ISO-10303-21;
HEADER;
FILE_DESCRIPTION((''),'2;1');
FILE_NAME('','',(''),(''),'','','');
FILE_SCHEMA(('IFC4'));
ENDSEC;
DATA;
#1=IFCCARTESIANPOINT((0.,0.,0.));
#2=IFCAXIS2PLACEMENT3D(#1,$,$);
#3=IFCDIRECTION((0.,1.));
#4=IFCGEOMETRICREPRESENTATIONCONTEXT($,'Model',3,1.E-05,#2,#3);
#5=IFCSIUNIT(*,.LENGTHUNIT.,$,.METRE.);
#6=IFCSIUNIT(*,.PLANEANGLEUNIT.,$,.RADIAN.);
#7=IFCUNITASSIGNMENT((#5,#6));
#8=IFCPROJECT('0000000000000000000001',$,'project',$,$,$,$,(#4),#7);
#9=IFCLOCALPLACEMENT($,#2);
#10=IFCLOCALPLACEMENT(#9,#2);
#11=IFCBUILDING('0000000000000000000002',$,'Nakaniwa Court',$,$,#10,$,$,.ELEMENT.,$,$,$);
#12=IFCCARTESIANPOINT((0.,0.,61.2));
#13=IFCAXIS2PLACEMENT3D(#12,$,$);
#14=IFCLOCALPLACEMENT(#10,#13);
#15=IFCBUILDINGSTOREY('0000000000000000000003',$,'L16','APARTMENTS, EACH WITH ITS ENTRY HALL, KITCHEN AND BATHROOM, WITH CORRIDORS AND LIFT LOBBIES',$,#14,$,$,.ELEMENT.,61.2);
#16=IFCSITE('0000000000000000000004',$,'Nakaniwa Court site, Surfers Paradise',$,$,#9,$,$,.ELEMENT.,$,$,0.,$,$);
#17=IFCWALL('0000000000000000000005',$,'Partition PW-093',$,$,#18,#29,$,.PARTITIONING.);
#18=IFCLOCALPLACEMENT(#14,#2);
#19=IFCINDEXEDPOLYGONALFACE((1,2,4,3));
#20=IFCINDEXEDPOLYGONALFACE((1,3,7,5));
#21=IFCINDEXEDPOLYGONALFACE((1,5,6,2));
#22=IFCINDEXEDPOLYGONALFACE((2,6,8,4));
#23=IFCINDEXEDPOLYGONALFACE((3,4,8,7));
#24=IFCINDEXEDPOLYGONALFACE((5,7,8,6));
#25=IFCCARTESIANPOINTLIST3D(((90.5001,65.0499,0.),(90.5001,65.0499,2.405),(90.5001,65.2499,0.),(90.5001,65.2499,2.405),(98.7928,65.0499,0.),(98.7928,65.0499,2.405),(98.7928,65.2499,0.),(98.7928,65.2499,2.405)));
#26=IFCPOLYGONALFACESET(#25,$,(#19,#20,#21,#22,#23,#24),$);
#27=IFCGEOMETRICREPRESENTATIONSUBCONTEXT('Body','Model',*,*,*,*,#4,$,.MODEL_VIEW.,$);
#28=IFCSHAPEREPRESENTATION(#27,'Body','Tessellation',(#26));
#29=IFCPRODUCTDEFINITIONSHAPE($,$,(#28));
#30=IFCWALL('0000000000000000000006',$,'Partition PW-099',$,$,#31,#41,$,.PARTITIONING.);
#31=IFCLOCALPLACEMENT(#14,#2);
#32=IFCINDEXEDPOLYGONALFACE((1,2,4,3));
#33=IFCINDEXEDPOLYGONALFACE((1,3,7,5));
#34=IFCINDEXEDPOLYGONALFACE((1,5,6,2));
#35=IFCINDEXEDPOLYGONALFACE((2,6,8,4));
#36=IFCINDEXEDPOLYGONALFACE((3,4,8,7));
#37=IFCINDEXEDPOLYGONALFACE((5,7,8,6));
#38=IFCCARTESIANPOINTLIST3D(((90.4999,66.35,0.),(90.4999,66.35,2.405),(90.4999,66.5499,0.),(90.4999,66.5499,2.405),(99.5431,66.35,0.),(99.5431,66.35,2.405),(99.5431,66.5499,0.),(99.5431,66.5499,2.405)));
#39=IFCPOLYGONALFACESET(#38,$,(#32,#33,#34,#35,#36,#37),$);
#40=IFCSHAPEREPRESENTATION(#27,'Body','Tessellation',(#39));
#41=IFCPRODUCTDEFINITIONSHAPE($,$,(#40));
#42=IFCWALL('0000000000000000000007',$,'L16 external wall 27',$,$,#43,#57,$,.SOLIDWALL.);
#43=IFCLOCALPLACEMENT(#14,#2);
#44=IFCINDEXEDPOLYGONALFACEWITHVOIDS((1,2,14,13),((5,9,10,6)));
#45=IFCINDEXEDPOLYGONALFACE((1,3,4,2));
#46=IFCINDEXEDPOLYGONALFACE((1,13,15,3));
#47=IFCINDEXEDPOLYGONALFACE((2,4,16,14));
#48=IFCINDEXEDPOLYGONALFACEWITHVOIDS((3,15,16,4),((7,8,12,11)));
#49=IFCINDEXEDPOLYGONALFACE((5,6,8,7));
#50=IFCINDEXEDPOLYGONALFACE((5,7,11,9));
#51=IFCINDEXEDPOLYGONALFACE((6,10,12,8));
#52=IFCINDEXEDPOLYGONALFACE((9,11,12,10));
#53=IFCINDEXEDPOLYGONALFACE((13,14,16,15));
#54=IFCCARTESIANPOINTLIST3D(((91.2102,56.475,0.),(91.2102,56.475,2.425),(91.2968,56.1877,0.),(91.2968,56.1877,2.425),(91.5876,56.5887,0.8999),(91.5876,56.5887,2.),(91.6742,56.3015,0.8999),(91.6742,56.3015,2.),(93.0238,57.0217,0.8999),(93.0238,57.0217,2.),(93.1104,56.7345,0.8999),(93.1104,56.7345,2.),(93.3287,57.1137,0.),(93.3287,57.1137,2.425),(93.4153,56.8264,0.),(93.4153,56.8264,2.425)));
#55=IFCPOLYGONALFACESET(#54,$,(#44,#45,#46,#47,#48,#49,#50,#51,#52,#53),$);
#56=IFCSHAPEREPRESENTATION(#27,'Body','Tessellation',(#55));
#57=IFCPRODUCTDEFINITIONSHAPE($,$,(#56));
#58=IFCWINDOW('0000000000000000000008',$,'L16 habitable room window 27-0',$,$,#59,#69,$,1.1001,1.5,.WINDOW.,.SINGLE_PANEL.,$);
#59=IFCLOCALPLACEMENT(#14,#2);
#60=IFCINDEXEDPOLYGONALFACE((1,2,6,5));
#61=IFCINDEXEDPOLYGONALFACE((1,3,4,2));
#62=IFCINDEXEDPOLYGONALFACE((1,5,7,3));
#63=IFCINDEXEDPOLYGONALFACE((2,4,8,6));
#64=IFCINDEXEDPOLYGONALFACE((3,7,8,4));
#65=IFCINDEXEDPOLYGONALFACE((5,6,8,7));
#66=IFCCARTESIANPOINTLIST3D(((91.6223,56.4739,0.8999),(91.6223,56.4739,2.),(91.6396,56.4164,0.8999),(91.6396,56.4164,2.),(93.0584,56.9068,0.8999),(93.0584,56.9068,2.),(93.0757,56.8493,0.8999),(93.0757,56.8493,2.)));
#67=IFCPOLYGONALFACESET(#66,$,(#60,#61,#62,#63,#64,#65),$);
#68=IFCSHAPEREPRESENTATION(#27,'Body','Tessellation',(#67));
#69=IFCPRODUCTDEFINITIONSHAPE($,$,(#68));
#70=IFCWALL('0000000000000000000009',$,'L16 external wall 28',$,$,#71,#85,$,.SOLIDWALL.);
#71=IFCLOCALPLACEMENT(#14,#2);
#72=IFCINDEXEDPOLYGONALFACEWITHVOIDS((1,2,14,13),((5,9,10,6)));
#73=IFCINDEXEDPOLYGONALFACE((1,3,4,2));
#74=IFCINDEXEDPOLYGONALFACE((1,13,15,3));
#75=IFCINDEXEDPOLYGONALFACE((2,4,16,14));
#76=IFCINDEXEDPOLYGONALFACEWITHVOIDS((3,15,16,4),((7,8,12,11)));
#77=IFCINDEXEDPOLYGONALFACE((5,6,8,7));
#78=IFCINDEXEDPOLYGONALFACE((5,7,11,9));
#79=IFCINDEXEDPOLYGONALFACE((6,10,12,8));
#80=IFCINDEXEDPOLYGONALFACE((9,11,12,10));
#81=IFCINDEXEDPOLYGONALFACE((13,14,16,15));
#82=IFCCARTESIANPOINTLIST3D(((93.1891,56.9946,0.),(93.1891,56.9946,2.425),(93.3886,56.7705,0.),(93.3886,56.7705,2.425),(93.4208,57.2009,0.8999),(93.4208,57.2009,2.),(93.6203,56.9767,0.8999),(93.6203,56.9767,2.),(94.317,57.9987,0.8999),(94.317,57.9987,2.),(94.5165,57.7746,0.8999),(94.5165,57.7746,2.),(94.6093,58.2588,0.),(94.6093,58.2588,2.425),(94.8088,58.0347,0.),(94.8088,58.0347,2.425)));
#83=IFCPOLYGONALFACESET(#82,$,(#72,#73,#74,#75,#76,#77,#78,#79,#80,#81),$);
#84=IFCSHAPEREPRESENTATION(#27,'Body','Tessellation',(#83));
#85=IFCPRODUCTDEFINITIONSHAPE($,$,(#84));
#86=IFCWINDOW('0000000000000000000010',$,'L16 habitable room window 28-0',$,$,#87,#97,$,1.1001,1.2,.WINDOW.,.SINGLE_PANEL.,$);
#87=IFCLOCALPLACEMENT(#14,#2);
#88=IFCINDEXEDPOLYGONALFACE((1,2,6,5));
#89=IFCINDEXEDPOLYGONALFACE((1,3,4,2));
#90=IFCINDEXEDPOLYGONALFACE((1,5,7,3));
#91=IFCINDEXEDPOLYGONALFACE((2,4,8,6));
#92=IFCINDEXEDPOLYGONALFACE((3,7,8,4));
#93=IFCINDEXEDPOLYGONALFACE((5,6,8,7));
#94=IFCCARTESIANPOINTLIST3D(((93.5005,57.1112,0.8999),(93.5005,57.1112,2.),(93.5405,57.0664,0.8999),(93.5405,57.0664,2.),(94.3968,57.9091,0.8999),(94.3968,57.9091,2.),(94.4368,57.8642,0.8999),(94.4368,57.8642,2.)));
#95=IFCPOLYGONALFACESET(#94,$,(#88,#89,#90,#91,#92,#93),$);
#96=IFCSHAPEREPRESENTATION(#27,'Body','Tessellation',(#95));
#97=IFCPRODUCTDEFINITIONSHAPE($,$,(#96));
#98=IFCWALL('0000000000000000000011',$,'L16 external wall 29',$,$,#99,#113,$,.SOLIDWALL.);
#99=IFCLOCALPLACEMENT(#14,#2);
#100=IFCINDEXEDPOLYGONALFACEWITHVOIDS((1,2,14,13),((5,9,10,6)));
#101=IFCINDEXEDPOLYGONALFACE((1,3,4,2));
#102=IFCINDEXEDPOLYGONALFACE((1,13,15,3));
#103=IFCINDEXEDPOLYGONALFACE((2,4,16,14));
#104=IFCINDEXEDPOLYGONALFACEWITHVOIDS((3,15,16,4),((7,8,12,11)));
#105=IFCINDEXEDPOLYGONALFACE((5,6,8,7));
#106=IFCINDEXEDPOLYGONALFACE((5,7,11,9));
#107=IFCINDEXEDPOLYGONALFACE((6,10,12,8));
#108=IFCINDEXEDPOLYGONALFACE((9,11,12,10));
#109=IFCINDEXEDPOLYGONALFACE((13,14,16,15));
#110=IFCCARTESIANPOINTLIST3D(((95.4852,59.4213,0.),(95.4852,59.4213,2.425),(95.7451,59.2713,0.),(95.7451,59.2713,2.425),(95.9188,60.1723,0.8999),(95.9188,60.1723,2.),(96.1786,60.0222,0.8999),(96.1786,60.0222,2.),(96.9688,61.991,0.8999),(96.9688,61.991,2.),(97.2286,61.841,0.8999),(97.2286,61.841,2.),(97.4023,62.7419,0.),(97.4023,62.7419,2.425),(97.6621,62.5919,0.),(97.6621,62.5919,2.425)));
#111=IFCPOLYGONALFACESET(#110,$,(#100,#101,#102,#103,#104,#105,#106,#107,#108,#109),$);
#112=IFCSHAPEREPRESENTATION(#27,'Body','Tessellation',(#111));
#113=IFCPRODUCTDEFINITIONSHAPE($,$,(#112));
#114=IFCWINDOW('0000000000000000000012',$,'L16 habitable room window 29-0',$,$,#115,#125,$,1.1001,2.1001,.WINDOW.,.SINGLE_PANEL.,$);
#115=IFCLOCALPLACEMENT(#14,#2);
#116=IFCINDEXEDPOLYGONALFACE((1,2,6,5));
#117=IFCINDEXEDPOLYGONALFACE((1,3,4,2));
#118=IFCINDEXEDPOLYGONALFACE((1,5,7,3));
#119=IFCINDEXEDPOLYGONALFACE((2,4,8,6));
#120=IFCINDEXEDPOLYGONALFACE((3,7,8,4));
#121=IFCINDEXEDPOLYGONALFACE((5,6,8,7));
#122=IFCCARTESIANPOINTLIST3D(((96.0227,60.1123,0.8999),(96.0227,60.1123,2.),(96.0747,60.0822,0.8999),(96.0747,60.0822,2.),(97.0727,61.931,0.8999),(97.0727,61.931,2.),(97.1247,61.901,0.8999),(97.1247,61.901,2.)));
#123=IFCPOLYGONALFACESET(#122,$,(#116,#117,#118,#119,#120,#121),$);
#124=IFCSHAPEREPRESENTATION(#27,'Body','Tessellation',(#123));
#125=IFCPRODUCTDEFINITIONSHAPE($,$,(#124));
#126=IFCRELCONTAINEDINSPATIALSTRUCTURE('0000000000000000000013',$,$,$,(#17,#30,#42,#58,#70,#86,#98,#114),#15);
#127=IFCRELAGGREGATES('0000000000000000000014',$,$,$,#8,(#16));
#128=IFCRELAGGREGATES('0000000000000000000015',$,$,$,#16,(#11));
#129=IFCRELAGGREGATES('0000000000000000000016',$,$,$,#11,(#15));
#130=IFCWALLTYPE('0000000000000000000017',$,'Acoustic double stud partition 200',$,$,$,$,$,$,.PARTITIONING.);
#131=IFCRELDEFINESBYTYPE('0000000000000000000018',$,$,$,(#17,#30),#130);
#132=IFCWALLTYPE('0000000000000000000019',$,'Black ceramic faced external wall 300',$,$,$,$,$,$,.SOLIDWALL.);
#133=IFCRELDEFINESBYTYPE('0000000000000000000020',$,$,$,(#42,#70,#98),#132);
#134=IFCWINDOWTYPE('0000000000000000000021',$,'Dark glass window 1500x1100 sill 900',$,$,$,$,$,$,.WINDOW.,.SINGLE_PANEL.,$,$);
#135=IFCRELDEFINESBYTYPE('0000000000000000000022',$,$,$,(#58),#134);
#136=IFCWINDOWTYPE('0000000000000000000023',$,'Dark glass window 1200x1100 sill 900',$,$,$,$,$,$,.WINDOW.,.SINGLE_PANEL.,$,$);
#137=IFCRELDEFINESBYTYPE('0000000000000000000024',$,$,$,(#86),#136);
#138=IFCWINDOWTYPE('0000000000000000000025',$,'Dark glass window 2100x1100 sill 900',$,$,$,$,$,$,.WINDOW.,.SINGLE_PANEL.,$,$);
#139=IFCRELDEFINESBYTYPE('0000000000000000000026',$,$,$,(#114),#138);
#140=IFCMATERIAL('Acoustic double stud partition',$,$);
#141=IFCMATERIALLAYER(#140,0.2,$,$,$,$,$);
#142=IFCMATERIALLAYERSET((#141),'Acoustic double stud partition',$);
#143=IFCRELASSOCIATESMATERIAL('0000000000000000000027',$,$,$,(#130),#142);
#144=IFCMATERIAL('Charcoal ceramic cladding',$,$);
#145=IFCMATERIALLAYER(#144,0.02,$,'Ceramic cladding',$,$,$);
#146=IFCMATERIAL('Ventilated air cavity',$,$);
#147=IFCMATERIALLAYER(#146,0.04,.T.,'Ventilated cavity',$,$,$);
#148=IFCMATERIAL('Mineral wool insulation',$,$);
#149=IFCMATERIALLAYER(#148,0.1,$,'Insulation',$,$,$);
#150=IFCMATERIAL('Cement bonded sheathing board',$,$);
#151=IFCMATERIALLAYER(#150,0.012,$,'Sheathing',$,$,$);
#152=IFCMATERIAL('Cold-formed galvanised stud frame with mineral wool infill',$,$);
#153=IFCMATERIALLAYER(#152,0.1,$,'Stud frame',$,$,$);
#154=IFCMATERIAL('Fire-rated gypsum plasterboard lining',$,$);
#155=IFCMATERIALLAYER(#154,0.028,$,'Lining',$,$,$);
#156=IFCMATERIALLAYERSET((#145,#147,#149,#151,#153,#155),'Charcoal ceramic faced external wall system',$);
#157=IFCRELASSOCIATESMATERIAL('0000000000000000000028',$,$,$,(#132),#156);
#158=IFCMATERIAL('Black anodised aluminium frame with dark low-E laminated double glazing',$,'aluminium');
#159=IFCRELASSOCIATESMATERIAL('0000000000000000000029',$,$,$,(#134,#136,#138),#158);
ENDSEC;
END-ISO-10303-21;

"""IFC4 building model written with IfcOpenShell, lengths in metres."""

from ifc_helpers import new_model, si_unit, direction, frame, frame_2d, origin, place, context, subcontext, project, spatial, rectangle, extrude, material, layer, layer_set, type_object, element, fill, save


model = new_model("IFC4")

# Units and contexts
model_context = context("Model", 3, precision=1e-05, world=origin(), true_north=direction((0.0, 1.0)))
body_context = subcontext(model_context, "Body", "Model", "MODEL_VIEW")
ifc_project = project(units=[si_unit("LENGTHUNIT", "METRE"), si_unit("PLANEANGLEUNIT", "RADIAN")], contexts=[model_context])

# Site, building, storey
site_placement = place(None, origin())
site = spatial("IfcSite", under=ifc_project, at=site_placement, Name="Nakaniwa Court site, Surfers Paradise", CompositionType="ELEMENT", RefElevation=0.0)
building_placement = place(site_placement, origin())
building = spatial("IfcBuilding", under=site, at=building_placement, Name="Nakaniwa Court", CompositionType="ELEMENT")
storey_placement = place(building_placement, frame((0.0, 0.0, 61.2)))
storey = spatial("IfcBuildingStorey", under=building, at=storey_placement, Name="L16", Description="APARTMENTS, EACH WITH ITS ENTRY HALL, KITCHEN AND BATHROOM, WITH CORRIDORS AND LIFT LOBBIES", CompositionType="ELEMENT", Elevation=61.2)

# Walls
ifc_material_1 = material(Name="Acoustic double stud partition")
ifc_layer_1 = layer(ifc_material_1, 0.2)
ifc_layer_set_1 = layer_set([ifc_layer_1], Name="Acoustic double stud partition")
wall_type_1 = type_object("IfcWallType", Name="Acoustic double stud partition 200", PredefinedType="PARTITIONING", material=ifc_layer_set_1)
wall_1_placement = place(storey_placement, frame((90.5, 65.1499, 0.0), z_axis=(0.0, 0.0, 1.0), x_axis=(1.0, 0.0, 0.0)))
element("IfcWall", 1, at=wall_1_placement, inside=storey, type_object=wall_type_1, Name="Partition PW-093", PredefinedType="PARTITIONING", context=body_context, shape_type="SweptSolid", body=[
    extrude(rectangle(XDim=8.2927, YDim=0.2, at=frame_2d((4.1465, 0.0))), origin(), (0.0, 0.0, 1.0), 2.405),
])
wall_2_placement = place(storey_placement, frame((90.5, 66.45, 0.0), z_axis=(0.0, 0.0, 1.0), x_axis=(1.0, 0.0, 0.0)))
element("IfcWall", 2, at=wall_2_placement, inside=storey, type_object=wall_type_1, Name="Partition PW-099", PredefinedType="PARTITIONING", context=body_context, shape_type="SweptSolid", body=[
    extrude(rectangle(XDim=9.0432, YDim=0.2, at=frame_2d((4.5215, 0.0))), origin(), (0.0, 0.0, 1.0), 2.405),
])

# Walls, openings, windows
ifc_material_2 = material(Name="Charcoal ceramic cladding")
ifc_layer_2 = layer(ifc_material_2, 0.02, Name="Ceramic cladding")
ifc_material_3 = material(Name="Ventilated air cavity")
ifc_layer_3 = layer(ifc_material_3, 0.04, ventilated=True, Name="Ventilated cavity")
ifc_material_4 = material(Name="Mineral wool insulation")
ifc_layer_4 = layer(ifc_material_4, 0.1, Name="Insulation")
ifc_material_5 = material(Name="Cement bonded sheathing board")
ifc_layer_5 = layer(ifc_material_5, 0.012, Name="Sheathing")
ifc_material_6 = material(Name="Cold-formed galvanised stud frame with mineral wool infill")
ifc_layer_6 = layer(ifc_material_6, 0.1, Name="Stud frame")
ifc_material_7 = material(Name="Fire-rated gypsum plasterboard lining")
ifc_layer_7 = layer(ifc_material_7, 0.028, Name="Lining")
ifc_layer_set_2 = layer_set([ifc_layer_2, ifc_layer_3, ifc_layer_4, ifc_layer_5, ifc_layer_6, ifc_layer_7], Name="Charcoal ceramic faced external wall system")
wall_type_2 = type_object("IfcWallType", Name="Black ceramic faced external wall 300", PredefinedType="SOLIDWALL", material=ifc_layer_set_2)
wall_3_placement = place(storey_placement, frame((91.2534, 56.3313, 0.0), z_axis=(0.0, 0.0, 1.0), x_axis=(0.957434, 0.288653, 0.0)))
wall_3 = element("IfcWall", 3, at=wall_3_placement, inside=storey, type_object=wall_type_2, Name="L16 external wall 27", PredefinedType="SOLIDWALL", context=body_context, shape_type="SweptSolid", body=[
    extrude(rectangle(XDim=2.2126, YDim=0.3, at=frame_2d((1.1064, 0.0))), origin(), (0.0, 0.0, 1.0), 2.425),
])
opening_1_placement = place(wall_3_placement, frame((0.3943, 0.0, 0.8999)))
opening_1 = element("IfcOpeningElement", 4, at=opening_1_placement, cuts=wall_3, PredefinedType="OPENING", context=body_context, shape_type="SweptSolid", body=[
    extrude(rectangle(XDim=1.5, YDim=1.1001, at=frame_2d((0.75, 0.55))), frame((0.0, 0.1599, 0.0), z_axis=(0.0, -1.0, 0.0), x_axis=(1.0, 0.0, 0.0)), (0.0, 0.0, 1.0), 0.3201),
])
ifc_material_8 = material(Name="Black anodised aluminium frame with dark low-E laminated double glazing", Category="aluminium")
window_type_1 = type_object("IfcWindowType", Name="Dark glass window 1500x1100 sill 900", PartitioningType="SINGLE_PANEL", PredefinedType="WINDOW", material=ifc_material_8)
window_1_placement = place(opening_1_placement, origin())
window_1 = element("IfcWindow", 5, at=window_1_placement, inside=storey, type_object=window_type_1, Name="L16 habitable room window 27-0", OverallHeight=1.1001, OverallWidth=1.5, PartitioningType="SINGLE_PANEL", PredefinedType="WINDOW", context=body_context, shape_type="SweptSolid", body=[
    extrude(rectangle(XDim=1.5, YDim=1.1001, at=frame_2d((0.75, 0.55))), frame((0.0, 0.03, 0.0), z_axis=(0.0, -1.0, 0.0), x_axis=(1.0, 0.0, 0.0)), (0.0, 0.0, 1.0), 0.0601),
])
fill(opening_1, window_1)
wall_4_placement = place(storey_placement, frame((93.2888, 56.8826, 0.0), z_axis=(0.0, 0.0, 1.0), x_axis=(0.746942, 0.66489, 0.0)))
wall_4 = element("IfcWall", 6, at=wall_4_placement, inside=storey, type_object=wall_type_2, Name="L16 external wall 28", PredefinedType="SOLIDWALL", context=body_context, shape_type="SweptSolid", body=[
    extrude(rectangle(XDim=1.9014, YDim=0.3, at=frame_2d((0.9507, 0.0))), origin(), (0.0, 0.0, 1.0), 2.425),
])
opening_2_placement = place(wall_4_placement, frame((0.3101, 0.0, 0.8999)))
opening_2 = element("IfcOpeningElement", 7, at=opening_2_placement, cuts=wall_4, PredefinedType="OPENING", context=body_context, shape_type="SweptSolid", body=[
    extrude(rectangle(XDim=1.2, YDim=1.1001, at=frame_2d((0.6001, 0.55))), frame((0.0, 0.1599, 0.0), z_axis=(0.0, -1.0, 0.0), x_axis=(1.0, 0.0, 0.0)), (0.0, 0.0, 1.0), 0.3201),
])
window_type_2 = type_object("IfcWindowType", Name="Dark glass window 1200x1100 sill 900", PartitioningType="SINGLE_PANEL", PredefinedType="WINDOW", material=ifc_material_8)
window_2_placement = place(opening_2_placement, origin())
window_2 = element("IfcWindow", 8, at=window_2_placement, inside=storey, type_object=window_type_2, Name="L16 habitable room window 28-0", OverallHeight=1.1001, OverallWidth=1.2, PartitioningType="SINGLE_PANEL", PredefinedType="WINDOW", context=body_context, shape_type="SweptSolid", body=[
    extrude(rectangle(XDim=1.2, YDim=1.1001, at=frame_2d((0.6001, 0.55))), frame((0.0, 0.03, 0.0), z_axis=(0.0, -1.0, 0.0), x_axis=(1.0, 0.0, 0.0)), (0.0, 0.0, 1.0), 0.0601),
])
fill(opening_2, window_2)
wall_5_placement = place(storey_placement, frame((95.6152, 59.3464, 0.0), z_axis=(0.0, 0.0, 1.0), x_axis=(0.499974, 0.86604, 0.0)))
wall_5 = element("IfcWall", 9, at=wall_5_placement, inside=storey, type_object=wall_type_2, Name="L16 external wall 29", PredefinedType="SOLIDWALL", context=body_context, shape_type="SweptSolid", body=[
    extrude(rectangle(XDim=3.8342, YDim=0.3, at=frame_2d((1.917, 0.0))), origin(), (0.0, 0.0, 1.0), 2.425),
])
opening_3_placement = place(wall_5_placement, frame((0.8669, 0.0, 0.8999)))
opening_3 = element("IfcOpeningElement", 10, at=opening_3_placement, cuts=wall_5, PredefinedType="OPENING", context=body_context, shape_type="SweptSolid", body=[
    extrude(rectangle(XDim=2.1001, YDim=1.1001, at=frame_2d((1.05, 0.55))), frame((0.0, 0.1599, 0.0), z_axis=(0.0, -1.0, 0.0), x_axis=(1.0, 0.0, 0.0)), (0.0, 0.0, 1.0), 0.3201),
])
window_type_3 = type_object("IfcWindowType", Name="Dark glass window 2100x1100 sill 900", PartitioningType="SINGLE_PANEL", PredefinedType="WINDOW", material=ifc_material_8)
window_3_placement = place(opening_3_placement, origin())
window_3 = element("IfcWindow", 11, at=window_3_placement, inside=storey, type_object=window_type_3, Name="L16 habitable room window 29-0", OverallHeight=1.1001, OverallWidth=2.1001, PartitioningType="SINGLE_PANEL", PredefinedType="WINDOW", context=body_context, shape_type="SweptSolid", body=[
    extrude(rectangle(XDim=2.1001, YDim=1.1001, at=frame_2d((1.05, 0.55))), frame((0.0, 0.03, 0.0), z_axis=(0.0, -1.0, 0.0), x_axis=(1.0, 0.0, 0.0)), (0.0, 0.0, 1.0), 0.0601),
])
fill(opening_3, window_3)

save(model, "model.ifc")
